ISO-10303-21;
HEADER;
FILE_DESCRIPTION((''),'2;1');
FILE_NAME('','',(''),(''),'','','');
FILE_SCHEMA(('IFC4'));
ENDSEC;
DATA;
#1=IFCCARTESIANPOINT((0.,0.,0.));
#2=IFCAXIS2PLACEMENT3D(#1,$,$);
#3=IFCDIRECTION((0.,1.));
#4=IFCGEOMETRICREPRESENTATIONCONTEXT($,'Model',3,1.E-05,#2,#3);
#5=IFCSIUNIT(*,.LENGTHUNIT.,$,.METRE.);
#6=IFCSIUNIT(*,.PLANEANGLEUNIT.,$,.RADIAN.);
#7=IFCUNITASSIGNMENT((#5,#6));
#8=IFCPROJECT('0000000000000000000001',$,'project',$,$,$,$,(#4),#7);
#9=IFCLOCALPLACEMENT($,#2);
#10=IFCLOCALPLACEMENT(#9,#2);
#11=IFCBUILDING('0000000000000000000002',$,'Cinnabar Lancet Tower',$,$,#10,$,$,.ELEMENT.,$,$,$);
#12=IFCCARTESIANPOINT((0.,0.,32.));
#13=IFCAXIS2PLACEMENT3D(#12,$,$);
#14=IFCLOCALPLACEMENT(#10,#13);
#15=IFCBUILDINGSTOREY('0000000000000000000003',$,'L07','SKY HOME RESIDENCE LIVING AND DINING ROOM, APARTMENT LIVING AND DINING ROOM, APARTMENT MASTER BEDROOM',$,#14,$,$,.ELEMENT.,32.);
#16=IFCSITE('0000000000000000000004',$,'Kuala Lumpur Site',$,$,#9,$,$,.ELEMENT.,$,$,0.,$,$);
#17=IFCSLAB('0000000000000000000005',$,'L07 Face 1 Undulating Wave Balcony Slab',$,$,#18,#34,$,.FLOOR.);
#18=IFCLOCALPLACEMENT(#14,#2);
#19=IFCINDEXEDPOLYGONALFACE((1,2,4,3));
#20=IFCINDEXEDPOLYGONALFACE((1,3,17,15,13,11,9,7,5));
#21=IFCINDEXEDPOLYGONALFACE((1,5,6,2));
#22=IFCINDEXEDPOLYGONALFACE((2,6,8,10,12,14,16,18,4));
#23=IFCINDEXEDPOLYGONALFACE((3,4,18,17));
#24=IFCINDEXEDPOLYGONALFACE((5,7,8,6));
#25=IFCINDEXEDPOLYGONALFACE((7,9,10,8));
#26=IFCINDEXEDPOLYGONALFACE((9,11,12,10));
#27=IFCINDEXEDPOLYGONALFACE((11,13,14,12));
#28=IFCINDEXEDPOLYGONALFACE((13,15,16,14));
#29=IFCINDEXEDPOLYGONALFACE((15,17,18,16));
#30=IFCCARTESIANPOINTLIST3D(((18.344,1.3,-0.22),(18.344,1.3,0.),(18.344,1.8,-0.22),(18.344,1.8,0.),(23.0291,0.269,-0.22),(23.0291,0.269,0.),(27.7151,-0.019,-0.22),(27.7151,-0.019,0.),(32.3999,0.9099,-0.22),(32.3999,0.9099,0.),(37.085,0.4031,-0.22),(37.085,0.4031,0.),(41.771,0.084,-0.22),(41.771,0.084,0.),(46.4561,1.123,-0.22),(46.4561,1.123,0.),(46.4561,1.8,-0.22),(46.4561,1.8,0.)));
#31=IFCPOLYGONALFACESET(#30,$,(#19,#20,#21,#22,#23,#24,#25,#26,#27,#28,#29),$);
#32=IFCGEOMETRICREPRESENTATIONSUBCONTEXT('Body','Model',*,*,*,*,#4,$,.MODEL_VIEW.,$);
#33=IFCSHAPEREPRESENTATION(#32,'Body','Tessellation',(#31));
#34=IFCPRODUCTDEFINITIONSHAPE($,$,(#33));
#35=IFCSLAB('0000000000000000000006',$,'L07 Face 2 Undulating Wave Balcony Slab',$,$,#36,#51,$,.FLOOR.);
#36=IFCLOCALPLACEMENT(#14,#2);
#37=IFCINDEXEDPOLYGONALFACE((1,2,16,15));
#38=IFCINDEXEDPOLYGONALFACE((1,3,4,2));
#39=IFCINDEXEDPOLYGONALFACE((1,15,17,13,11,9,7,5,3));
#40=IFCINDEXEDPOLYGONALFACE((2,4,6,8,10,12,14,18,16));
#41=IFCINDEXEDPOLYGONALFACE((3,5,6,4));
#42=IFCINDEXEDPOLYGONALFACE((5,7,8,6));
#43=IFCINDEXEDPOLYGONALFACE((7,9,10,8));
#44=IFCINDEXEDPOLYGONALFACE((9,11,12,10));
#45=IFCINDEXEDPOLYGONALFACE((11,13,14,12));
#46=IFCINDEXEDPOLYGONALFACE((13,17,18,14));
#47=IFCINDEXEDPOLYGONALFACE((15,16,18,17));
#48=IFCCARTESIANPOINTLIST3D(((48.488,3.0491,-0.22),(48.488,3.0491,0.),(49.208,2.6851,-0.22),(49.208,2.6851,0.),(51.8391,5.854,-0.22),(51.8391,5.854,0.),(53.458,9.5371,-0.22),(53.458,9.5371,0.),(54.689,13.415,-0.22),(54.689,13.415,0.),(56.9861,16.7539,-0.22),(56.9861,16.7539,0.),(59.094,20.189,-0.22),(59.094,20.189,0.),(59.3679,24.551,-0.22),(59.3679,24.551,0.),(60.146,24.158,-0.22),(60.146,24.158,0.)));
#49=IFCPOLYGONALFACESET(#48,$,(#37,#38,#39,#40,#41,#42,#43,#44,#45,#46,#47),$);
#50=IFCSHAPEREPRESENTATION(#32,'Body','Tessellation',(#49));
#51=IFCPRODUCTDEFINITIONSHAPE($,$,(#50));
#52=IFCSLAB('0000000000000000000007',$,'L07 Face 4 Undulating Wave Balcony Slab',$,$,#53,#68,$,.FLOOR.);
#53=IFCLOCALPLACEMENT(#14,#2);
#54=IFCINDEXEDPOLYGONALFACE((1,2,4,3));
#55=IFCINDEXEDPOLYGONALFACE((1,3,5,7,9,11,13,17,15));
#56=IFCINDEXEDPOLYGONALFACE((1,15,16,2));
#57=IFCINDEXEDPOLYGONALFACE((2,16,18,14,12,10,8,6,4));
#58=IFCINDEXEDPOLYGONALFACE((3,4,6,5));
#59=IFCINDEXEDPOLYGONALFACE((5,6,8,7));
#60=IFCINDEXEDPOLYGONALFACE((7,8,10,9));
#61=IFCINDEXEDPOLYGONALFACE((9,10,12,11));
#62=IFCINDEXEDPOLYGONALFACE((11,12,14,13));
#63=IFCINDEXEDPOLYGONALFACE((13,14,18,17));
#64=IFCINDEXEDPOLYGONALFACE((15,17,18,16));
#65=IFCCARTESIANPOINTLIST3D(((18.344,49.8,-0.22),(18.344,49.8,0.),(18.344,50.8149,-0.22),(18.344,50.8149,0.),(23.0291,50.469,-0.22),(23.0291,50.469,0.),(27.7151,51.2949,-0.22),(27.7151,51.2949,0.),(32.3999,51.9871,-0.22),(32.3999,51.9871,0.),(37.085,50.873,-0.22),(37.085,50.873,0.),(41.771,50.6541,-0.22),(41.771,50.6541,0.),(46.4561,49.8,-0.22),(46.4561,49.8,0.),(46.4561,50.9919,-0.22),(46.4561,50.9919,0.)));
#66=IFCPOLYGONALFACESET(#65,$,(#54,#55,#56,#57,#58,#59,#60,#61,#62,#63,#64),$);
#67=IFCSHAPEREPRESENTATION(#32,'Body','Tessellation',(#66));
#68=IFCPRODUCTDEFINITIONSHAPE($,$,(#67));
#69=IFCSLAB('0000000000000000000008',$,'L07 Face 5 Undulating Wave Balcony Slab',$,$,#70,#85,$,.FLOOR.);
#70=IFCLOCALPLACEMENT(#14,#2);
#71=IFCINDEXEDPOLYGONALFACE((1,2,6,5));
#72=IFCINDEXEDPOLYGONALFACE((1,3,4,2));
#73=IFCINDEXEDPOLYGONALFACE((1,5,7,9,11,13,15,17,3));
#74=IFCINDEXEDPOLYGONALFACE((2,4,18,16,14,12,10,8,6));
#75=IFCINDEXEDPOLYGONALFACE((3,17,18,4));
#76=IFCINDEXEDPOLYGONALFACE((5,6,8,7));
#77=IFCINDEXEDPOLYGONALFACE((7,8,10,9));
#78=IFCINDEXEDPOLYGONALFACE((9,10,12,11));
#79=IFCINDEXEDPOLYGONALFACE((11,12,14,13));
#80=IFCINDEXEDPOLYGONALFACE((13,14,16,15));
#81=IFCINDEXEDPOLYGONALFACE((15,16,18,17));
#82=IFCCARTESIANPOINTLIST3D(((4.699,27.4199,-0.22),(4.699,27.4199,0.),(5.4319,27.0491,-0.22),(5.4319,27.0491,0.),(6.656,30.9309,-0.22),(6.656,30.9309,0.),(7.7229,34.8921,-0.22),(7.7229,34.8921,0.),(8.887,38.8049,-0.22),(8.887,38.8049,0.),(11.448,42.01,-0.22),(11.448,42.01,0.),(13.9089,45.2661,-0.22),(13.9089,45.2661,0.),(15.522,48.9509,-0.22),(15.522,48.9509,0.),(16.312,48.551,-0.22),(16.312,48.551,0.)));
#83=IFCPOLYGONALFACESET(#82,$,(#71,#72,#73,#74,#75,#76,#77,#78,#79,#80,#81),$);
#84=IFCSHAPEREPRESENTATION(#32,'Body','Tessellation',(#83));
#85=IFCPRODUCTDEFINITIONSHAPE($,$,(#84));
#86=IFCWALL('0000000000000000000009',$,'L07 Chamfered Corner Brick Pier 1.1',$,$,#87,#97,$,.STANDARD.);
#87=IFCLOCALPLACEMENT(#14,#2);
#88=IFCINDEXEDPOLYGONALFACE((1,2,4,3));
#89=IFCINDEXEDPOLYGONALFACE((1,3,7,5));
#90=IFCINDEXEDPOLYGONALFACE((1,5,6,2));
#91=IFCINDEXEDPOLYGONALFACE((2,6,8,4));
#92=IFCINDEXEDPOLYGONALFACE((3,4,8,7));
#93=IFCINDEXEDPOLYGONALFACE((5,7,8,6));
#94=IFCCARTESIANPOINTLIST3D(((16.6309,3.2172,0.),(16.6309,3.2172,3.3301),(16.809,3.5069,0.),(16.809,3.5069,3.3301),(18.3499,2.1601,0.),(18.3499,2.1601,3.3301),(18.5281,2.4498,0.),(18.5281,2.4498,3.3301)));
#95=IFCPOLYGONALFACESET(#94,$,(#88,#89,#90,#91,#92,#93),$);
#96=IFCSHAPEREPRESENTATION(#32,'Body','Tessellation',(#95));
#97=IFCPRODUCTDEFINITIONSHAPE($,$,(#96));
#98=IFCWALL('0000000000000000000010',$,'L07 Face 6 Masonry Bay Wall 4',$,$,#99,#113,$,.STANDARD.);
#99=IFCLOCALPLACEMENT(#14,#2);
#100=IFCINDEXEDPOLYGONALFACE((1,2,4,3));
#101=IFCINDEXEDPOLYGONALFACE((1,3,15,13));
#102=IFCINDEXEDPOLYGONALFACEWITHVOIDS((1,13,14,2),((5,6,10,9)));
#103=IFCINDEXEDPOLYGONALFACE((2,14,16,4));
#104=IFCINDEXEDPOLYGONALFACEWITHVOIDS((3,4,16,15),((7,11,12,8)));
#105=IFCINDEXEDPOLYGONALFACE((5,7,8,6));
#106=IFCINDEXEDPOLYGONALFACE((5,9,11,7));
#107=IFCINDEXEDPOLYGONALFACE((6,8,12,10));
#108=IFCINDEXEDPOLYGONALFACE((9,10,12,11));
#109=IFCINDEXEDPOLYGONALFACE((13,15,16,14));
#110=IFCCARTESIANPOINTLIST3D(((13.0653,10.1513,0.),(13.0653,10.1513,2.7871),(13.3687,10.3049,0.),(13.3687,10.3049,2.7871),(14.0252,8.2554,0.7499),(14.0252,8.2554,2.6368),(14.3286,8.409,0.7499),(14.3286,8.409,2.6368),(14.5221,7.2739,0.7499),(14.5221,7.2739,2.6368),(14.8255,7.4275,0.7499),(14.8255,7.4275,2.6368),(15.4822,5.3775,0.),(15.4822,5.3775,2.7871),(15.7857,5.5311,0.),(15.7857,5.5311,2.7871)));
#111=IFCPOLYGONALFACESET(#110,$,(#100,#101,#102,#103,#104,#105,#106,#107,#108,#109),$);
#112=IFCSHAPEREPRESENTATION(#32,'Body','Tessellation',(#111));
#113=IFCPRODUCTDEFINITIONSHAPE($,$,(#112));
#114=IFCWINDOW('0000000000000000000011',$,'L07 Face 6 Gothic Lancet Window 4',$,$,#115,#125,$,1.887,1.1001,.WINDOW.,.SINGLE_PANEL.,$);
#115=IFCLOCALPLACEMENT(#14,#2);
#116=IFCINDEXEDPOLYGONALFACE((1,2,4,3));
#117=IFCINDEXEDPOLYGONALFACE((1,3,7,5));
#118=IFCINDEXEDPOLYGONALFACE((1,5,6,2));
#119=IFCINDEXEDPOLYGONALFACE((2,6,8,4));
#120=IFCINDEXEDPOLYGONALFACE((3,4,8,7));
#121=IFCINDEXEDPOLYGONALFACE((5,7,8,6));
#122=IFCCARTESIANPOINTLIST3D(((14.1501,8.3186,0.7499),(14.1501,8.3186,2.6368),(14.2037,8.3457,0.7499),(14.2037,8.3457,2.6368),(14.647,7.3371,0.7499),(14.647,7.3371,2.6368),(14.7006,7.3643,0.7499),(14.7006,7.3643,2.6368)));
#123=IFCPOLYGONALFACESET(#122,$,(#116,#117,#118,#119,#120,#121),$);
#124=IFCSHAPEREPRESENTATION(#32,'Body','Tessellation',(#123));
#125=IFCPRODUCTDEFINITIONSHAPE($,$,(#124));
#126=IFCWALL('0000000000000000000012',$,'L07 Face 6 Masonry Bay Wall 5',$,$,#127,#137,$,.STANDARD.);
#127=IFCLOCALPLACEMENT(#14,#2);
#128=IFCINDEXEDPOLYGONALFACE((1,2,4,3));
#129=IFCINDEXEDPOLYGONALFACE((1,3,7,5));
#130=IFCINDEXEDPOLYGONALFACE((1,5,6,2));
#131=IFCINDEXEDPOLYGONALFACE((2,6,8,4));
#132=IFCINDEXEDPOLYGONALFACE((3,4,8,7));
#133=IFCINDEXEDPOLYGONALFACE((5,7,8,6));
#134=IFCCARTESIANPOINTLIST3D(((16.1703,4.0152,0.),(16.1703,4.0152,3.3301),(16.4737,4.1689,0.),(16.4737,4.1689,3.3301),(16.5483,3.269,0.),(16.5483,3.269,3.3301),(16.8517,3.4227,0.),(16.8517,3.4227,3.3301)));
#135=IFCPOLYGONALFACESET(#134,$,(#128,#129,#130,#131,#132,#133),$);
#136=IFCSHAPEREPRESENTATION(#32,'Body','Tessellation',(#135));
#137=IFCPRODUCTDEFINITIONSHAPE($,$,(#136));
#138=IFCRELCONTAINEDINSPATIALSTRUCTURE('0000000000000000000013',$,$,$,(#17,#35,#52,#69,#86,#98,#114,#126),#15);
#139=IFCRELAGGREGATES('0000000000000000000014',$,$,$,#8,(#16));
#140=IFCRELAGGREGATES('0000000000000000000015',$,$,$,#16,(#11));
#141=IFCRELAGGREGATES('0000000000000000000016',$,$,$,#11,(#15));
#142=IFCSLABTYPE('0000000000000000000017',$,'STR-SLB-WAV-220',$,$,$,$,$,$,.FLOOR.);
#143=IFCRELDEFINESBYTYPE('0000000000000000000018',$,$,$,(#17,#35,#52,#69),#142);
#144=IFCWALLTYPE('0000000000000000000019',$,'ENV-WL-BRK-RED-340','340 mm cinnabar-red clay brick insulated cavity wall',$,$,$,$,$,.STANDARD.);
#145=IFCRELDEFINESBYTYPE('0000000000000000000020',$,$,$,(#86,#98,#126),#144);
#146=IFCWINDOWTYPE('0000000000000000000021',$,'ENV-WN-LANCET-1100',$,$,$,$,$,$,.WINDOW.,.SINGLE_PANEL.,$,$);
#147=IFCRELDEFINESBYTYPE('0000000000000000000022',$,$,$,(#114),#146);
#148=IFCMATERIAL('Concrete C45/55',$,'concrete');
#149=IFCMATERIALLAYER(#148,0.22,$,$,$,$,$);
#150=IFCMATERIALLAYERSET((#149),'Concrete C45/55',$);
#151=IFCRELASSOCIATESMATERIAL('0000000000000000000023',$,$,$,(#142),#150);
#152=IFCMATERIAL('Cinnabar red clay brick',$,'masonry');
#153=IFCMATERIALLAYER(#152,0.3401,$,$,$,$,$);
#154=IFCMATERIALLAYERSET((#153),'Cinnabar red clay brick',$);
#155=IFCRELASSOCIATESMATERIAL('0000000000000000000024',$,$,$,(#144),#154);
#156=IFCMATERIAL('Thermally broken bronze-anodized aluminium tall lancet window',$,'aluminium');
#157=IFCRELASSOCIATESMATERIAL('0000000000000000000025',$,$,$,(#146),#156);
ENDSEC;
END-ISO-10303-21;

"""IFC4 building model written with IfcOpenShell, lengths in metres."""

from ifc_helpers import new_model, si_unit, direction, frame, frame_2d, origin, place, context, subcontext, project, spatial, polyline, rectangle, outline, extrude, material, layer, layer_set, type_object, element, fill, save


model = new_model("IFC4")

# Units and contexts
model_context = context("Model", 3, precision=1e-05, world=origin(), true_north=direction((0.0, 1.0)))
body_context = subcontext(model_context, "Body", "Model", "MODEL_VIEW")
ifc_project = project(units=[si_unit("LENGTHUNIT", "METRE"), si_unit("PLANEANGLEUNIT", "RADIAN")], contexts=[model_context])

# Site, building, storey
site_placement = place(None, origin())
site = spatial("IfcSite", under=ifc_project, at=site_placement, Name="Kuala Lumpur Site", CompositionType="ELEMENT", RefElevation=0.0)
building_placement = place(site_placement, origin())
building = spatial("IfcBuilding", under=site, at=building_placement, Name="Cinnabar Lancet Tower", CompositionType="ELEMENT")
storey_placement = place(building_placement, frame((0.0, 0.0, 32.0)))
storey = spatial("IfcBuildingStorey", under=building, at=storey_placement, Name="L07", Description="SKY HOME RESIDENCE LIVING AND DINING ROOM, APARTMENT LIVING AND DINING ROOM, APARTMENT MASTER BEDROOM", CompositionType="ELEMENT", Elevation=32.0)

# Slabs
ifc_material_1 = material(Name="Concrete C45/55", Category="concrete")
ifc_layer_1 = layer(ifc_material_1, 0.22)
ifc_layer_set_1 = layer_set([ifc_layer_1], Name="Concrete C45/55")
slab_type_1 = type_object("IfcSlabType", Name="STR-SLB-WAV-220", PredefinedType="FLOOR", material=ifc_layer_set_1)
slab_1_placement = place(storey_placement, frame((0.0, 0.0, -0.22)))
element("IfcSlab", 1, at=slab_1_placement, inside=storey, type_object=slab_type_1, Name="L07 Face 1 Undulating Wave Balcony Slab", PredefinedType="FLOOR", context=body_context, shape_type="SweptSolid", body=[
    extrude(outline(polyline([(18.344, 1.8), (18.344, 1.3), (23.0291, 0.269), (27.7151, -0.019), (32.3999, 0.9099), (37.085, 0.4031), (41.771, 0.084), (46.4561, 1.123), (46.4561, 1.8), (18.344, 1.8)])), origin(), (0.0, 0.0, 1.0), 0.22),
])
slab_2_placement = place(storey_placement, frame((0.0, 0.0, -0.22)))
element("IfcSlab", 2, at=slab_2_placement, inside=storey, type_object=slab_type_1, Name="L07 Face 2 Undulating Wave Balcony Slab", PredefinedType="FLOOR", context=body_context, shape_type="SweptSolid", body=[
    extrude(outline(polyline([(48.488, 3.0491), (49.208, 2.6851), (51.8391, 5.854), (53.458, 9.5371), (54.689, 13.415), (56.9861, 16.7539), (59.094, 20.189), (60.146, 24.158), (59.3679, 24.551), (48.488, 3.0491)])), origin(), (0.0, 0.0, 1.0), 0.22),
])
slab_3_placement = place(storey_placement, frame((0.0, 0.0, -0.22)))
element("IfcSlab", 3, at=slab_3_placement, inside=storey, type_object=slab_type_1, Name="L07 Face 4 Undulating Wave Balcony Slab", PredefinedType="FLOOR", context=body_context, shape_type="SweptSolid", body=[
    extrude(outline(polyline([(46.4561, 49.8), (46.4561, 50.9919), (41.771, 50.6541), (37.085, 50.873), (32.3999, 51.9871), (27.7151, 51.2949), (23.0291, 50.469), (18.344, 50.8149), (18.344, 49.8), (46.4561, 49.8)])), origin(), (0.0, 0.0, 1.0), 0.22),
])
slab_4_placement = place(storey_placement, frame((0.0, 0.0, -0.22)))
element("IfcSlab", 4, at=slab_4_placement, inside=storey, type_object=slab_type_1, Name="L07 Face 5 Undulating Wave Balcony Slab", PredefinedType="FLOOR", context=body_context, shape_type="SweptSolid", body=[
    extrude(outline(polyline([(16.312, 48.551), (15.522, 48.9509), (13.9089, 45.2661), (11.448, 42.01), (8.887, 38.8049), (7.7229, 34.8921), (6.656, 30.9309), (4.699, 27.4199), (5.4319, 27.0491), (16.312, 48.551)])), origin(), (0.0, 0.0, 1.0), 0.22),
])

# Wall
ifc_material_2 = material(Name="Cinnabar red clay brick", Category="masonry")
ifc_layer_2 = layer(ifc_material_2, 0.3401)
ifc_layer_set_2 = layer_set([ifc_layer_2], Name="Cinnabar red clay brick")
wall_type = type_object("IfcWallType", Name="ENV-WL-BRK-RED-340", Description="340 mm cinnabar-red clay brick insulated cavity wall", PredefinedType="STANDARD", material=ifc_layer_set_2)
wall_1_placement = place(storey_placement, frame((16.72, 3.3621, 0.0), z_axis=(0.0, 0.0, 1.0), x_axis=(0.851816, -0.523841, 0.0)))
element("IfcWall", 5, at=wall_1_placement, inside=storey, type_object=wall_type, Name="L07 Chamfered Corner Brick Pier 1.1", PredefinedType="STANDARD", context=body_context, shape_type="SweptSolid", body=[
    extrude(rectangle(XDim=2.0181, YDim=0.3401, at=frame_2d((1.009, 0.0))), origin(), (0.0, 0.0, 1.0), 3.3301),
])

# Wall, opening, window
wall_2_placement = place(storey_placement, frame((13.217, 10.228, 0.0), z_axis=(0.0, 0.0, 1.0), x_axis=(0.451698, -0.892171, 0.0)))
wall_2 = element("IfcWall", 6, at=wall_2_placement, inside=storey, type_object=wall_type, Name="L07 Face 6 Masonry Bay Wall 4", PredefinedType="STANDARD", context=body_context, shape_type="SweptSolid", body=[
    extrude(rectangle(XDim=5.3508, YDim=0.3401, at=frame_2d((2.6753, 0.0))), origin(), (0.0, 0.0, 1.0), 2.7871),
])
opening_placement = place(wall_2_placement, frame((2.125, 0.0, 0.75)))
opening = element("IfcOpeningElement", 7, at=opening_placement, cuts=wall_2, PredefinedType="OPENING", context=body_context, shape_type="SweptSolid", body=[
    extrude(rectangle(XDim=1.1001, YDim=1.887, at=frame_2d((0.55, 0.9434))), frame((0.0, 0.1799, 0.0), z_axis=(0.0, -1.0, 0.0), x_axis=(1.0, 0.0, 0.0)), (0.0, 0.0, 1.0), 0.3601),
])
ifc_material_3 = material(Name="Thermally broken bronze-anodized aluminium tall lancet window", Category="aluminium")
window_type = type_object("IfcWindowType", Name="ENV-WN-LANCET-1100", PartitioningType="SINGLE_PANEL", PredefinedType="WINDOW", material=ifc_material_3)
window_placement = place(opening_placement, origin())
window = element("IfcWindow", 8, at=window_placement, inside=storey, type_object=window_type, Name="L07 Face 6 Gothic Lancet Window 4", OverallHeight=1.887, OverallWidth=1.1001, PartitioningType="SINGLE_PANEL", PredefinedType="WINDOW", context=body_context, shape_type="SweptSolid", body=[
    extrude(rectangle(XDim=1.1001, YDim=1.887, at=frame_2d((0.55, 0.9434))), frame((0.0, 0.03, 0.0), z_axis=(0.0, -1.0, 0.0), x_axis=(1.0, 0.0, 0.0)), (0.0, 0.0, 1.0), 0.0601),
])
fill(opening, window)

# Wall
wall_3_placement = place(storey_placement, frame((16.322, 4.092, 0.0), z_axis=(0.0, 0.0, 1.0), x_axis=(0.451878, -0.89208, 0.0)))
element("IfcWall", 9, at=wall_3_placement, inside=storey, type_object=wall_type, Name="L07 Face 6 Masonry Bay Wall 5", PredefinedType="STANDARD", context=body_context, shape_type="SweptSolid", body=[
    extrude(rectangle(XDim=0.8364, YDim=0.3401, at=frame_2d((0.4182, 0.0))), origin(), (0.0, 0.0, 1.0), 3.3301),
])

save(model, "model.ifc")
